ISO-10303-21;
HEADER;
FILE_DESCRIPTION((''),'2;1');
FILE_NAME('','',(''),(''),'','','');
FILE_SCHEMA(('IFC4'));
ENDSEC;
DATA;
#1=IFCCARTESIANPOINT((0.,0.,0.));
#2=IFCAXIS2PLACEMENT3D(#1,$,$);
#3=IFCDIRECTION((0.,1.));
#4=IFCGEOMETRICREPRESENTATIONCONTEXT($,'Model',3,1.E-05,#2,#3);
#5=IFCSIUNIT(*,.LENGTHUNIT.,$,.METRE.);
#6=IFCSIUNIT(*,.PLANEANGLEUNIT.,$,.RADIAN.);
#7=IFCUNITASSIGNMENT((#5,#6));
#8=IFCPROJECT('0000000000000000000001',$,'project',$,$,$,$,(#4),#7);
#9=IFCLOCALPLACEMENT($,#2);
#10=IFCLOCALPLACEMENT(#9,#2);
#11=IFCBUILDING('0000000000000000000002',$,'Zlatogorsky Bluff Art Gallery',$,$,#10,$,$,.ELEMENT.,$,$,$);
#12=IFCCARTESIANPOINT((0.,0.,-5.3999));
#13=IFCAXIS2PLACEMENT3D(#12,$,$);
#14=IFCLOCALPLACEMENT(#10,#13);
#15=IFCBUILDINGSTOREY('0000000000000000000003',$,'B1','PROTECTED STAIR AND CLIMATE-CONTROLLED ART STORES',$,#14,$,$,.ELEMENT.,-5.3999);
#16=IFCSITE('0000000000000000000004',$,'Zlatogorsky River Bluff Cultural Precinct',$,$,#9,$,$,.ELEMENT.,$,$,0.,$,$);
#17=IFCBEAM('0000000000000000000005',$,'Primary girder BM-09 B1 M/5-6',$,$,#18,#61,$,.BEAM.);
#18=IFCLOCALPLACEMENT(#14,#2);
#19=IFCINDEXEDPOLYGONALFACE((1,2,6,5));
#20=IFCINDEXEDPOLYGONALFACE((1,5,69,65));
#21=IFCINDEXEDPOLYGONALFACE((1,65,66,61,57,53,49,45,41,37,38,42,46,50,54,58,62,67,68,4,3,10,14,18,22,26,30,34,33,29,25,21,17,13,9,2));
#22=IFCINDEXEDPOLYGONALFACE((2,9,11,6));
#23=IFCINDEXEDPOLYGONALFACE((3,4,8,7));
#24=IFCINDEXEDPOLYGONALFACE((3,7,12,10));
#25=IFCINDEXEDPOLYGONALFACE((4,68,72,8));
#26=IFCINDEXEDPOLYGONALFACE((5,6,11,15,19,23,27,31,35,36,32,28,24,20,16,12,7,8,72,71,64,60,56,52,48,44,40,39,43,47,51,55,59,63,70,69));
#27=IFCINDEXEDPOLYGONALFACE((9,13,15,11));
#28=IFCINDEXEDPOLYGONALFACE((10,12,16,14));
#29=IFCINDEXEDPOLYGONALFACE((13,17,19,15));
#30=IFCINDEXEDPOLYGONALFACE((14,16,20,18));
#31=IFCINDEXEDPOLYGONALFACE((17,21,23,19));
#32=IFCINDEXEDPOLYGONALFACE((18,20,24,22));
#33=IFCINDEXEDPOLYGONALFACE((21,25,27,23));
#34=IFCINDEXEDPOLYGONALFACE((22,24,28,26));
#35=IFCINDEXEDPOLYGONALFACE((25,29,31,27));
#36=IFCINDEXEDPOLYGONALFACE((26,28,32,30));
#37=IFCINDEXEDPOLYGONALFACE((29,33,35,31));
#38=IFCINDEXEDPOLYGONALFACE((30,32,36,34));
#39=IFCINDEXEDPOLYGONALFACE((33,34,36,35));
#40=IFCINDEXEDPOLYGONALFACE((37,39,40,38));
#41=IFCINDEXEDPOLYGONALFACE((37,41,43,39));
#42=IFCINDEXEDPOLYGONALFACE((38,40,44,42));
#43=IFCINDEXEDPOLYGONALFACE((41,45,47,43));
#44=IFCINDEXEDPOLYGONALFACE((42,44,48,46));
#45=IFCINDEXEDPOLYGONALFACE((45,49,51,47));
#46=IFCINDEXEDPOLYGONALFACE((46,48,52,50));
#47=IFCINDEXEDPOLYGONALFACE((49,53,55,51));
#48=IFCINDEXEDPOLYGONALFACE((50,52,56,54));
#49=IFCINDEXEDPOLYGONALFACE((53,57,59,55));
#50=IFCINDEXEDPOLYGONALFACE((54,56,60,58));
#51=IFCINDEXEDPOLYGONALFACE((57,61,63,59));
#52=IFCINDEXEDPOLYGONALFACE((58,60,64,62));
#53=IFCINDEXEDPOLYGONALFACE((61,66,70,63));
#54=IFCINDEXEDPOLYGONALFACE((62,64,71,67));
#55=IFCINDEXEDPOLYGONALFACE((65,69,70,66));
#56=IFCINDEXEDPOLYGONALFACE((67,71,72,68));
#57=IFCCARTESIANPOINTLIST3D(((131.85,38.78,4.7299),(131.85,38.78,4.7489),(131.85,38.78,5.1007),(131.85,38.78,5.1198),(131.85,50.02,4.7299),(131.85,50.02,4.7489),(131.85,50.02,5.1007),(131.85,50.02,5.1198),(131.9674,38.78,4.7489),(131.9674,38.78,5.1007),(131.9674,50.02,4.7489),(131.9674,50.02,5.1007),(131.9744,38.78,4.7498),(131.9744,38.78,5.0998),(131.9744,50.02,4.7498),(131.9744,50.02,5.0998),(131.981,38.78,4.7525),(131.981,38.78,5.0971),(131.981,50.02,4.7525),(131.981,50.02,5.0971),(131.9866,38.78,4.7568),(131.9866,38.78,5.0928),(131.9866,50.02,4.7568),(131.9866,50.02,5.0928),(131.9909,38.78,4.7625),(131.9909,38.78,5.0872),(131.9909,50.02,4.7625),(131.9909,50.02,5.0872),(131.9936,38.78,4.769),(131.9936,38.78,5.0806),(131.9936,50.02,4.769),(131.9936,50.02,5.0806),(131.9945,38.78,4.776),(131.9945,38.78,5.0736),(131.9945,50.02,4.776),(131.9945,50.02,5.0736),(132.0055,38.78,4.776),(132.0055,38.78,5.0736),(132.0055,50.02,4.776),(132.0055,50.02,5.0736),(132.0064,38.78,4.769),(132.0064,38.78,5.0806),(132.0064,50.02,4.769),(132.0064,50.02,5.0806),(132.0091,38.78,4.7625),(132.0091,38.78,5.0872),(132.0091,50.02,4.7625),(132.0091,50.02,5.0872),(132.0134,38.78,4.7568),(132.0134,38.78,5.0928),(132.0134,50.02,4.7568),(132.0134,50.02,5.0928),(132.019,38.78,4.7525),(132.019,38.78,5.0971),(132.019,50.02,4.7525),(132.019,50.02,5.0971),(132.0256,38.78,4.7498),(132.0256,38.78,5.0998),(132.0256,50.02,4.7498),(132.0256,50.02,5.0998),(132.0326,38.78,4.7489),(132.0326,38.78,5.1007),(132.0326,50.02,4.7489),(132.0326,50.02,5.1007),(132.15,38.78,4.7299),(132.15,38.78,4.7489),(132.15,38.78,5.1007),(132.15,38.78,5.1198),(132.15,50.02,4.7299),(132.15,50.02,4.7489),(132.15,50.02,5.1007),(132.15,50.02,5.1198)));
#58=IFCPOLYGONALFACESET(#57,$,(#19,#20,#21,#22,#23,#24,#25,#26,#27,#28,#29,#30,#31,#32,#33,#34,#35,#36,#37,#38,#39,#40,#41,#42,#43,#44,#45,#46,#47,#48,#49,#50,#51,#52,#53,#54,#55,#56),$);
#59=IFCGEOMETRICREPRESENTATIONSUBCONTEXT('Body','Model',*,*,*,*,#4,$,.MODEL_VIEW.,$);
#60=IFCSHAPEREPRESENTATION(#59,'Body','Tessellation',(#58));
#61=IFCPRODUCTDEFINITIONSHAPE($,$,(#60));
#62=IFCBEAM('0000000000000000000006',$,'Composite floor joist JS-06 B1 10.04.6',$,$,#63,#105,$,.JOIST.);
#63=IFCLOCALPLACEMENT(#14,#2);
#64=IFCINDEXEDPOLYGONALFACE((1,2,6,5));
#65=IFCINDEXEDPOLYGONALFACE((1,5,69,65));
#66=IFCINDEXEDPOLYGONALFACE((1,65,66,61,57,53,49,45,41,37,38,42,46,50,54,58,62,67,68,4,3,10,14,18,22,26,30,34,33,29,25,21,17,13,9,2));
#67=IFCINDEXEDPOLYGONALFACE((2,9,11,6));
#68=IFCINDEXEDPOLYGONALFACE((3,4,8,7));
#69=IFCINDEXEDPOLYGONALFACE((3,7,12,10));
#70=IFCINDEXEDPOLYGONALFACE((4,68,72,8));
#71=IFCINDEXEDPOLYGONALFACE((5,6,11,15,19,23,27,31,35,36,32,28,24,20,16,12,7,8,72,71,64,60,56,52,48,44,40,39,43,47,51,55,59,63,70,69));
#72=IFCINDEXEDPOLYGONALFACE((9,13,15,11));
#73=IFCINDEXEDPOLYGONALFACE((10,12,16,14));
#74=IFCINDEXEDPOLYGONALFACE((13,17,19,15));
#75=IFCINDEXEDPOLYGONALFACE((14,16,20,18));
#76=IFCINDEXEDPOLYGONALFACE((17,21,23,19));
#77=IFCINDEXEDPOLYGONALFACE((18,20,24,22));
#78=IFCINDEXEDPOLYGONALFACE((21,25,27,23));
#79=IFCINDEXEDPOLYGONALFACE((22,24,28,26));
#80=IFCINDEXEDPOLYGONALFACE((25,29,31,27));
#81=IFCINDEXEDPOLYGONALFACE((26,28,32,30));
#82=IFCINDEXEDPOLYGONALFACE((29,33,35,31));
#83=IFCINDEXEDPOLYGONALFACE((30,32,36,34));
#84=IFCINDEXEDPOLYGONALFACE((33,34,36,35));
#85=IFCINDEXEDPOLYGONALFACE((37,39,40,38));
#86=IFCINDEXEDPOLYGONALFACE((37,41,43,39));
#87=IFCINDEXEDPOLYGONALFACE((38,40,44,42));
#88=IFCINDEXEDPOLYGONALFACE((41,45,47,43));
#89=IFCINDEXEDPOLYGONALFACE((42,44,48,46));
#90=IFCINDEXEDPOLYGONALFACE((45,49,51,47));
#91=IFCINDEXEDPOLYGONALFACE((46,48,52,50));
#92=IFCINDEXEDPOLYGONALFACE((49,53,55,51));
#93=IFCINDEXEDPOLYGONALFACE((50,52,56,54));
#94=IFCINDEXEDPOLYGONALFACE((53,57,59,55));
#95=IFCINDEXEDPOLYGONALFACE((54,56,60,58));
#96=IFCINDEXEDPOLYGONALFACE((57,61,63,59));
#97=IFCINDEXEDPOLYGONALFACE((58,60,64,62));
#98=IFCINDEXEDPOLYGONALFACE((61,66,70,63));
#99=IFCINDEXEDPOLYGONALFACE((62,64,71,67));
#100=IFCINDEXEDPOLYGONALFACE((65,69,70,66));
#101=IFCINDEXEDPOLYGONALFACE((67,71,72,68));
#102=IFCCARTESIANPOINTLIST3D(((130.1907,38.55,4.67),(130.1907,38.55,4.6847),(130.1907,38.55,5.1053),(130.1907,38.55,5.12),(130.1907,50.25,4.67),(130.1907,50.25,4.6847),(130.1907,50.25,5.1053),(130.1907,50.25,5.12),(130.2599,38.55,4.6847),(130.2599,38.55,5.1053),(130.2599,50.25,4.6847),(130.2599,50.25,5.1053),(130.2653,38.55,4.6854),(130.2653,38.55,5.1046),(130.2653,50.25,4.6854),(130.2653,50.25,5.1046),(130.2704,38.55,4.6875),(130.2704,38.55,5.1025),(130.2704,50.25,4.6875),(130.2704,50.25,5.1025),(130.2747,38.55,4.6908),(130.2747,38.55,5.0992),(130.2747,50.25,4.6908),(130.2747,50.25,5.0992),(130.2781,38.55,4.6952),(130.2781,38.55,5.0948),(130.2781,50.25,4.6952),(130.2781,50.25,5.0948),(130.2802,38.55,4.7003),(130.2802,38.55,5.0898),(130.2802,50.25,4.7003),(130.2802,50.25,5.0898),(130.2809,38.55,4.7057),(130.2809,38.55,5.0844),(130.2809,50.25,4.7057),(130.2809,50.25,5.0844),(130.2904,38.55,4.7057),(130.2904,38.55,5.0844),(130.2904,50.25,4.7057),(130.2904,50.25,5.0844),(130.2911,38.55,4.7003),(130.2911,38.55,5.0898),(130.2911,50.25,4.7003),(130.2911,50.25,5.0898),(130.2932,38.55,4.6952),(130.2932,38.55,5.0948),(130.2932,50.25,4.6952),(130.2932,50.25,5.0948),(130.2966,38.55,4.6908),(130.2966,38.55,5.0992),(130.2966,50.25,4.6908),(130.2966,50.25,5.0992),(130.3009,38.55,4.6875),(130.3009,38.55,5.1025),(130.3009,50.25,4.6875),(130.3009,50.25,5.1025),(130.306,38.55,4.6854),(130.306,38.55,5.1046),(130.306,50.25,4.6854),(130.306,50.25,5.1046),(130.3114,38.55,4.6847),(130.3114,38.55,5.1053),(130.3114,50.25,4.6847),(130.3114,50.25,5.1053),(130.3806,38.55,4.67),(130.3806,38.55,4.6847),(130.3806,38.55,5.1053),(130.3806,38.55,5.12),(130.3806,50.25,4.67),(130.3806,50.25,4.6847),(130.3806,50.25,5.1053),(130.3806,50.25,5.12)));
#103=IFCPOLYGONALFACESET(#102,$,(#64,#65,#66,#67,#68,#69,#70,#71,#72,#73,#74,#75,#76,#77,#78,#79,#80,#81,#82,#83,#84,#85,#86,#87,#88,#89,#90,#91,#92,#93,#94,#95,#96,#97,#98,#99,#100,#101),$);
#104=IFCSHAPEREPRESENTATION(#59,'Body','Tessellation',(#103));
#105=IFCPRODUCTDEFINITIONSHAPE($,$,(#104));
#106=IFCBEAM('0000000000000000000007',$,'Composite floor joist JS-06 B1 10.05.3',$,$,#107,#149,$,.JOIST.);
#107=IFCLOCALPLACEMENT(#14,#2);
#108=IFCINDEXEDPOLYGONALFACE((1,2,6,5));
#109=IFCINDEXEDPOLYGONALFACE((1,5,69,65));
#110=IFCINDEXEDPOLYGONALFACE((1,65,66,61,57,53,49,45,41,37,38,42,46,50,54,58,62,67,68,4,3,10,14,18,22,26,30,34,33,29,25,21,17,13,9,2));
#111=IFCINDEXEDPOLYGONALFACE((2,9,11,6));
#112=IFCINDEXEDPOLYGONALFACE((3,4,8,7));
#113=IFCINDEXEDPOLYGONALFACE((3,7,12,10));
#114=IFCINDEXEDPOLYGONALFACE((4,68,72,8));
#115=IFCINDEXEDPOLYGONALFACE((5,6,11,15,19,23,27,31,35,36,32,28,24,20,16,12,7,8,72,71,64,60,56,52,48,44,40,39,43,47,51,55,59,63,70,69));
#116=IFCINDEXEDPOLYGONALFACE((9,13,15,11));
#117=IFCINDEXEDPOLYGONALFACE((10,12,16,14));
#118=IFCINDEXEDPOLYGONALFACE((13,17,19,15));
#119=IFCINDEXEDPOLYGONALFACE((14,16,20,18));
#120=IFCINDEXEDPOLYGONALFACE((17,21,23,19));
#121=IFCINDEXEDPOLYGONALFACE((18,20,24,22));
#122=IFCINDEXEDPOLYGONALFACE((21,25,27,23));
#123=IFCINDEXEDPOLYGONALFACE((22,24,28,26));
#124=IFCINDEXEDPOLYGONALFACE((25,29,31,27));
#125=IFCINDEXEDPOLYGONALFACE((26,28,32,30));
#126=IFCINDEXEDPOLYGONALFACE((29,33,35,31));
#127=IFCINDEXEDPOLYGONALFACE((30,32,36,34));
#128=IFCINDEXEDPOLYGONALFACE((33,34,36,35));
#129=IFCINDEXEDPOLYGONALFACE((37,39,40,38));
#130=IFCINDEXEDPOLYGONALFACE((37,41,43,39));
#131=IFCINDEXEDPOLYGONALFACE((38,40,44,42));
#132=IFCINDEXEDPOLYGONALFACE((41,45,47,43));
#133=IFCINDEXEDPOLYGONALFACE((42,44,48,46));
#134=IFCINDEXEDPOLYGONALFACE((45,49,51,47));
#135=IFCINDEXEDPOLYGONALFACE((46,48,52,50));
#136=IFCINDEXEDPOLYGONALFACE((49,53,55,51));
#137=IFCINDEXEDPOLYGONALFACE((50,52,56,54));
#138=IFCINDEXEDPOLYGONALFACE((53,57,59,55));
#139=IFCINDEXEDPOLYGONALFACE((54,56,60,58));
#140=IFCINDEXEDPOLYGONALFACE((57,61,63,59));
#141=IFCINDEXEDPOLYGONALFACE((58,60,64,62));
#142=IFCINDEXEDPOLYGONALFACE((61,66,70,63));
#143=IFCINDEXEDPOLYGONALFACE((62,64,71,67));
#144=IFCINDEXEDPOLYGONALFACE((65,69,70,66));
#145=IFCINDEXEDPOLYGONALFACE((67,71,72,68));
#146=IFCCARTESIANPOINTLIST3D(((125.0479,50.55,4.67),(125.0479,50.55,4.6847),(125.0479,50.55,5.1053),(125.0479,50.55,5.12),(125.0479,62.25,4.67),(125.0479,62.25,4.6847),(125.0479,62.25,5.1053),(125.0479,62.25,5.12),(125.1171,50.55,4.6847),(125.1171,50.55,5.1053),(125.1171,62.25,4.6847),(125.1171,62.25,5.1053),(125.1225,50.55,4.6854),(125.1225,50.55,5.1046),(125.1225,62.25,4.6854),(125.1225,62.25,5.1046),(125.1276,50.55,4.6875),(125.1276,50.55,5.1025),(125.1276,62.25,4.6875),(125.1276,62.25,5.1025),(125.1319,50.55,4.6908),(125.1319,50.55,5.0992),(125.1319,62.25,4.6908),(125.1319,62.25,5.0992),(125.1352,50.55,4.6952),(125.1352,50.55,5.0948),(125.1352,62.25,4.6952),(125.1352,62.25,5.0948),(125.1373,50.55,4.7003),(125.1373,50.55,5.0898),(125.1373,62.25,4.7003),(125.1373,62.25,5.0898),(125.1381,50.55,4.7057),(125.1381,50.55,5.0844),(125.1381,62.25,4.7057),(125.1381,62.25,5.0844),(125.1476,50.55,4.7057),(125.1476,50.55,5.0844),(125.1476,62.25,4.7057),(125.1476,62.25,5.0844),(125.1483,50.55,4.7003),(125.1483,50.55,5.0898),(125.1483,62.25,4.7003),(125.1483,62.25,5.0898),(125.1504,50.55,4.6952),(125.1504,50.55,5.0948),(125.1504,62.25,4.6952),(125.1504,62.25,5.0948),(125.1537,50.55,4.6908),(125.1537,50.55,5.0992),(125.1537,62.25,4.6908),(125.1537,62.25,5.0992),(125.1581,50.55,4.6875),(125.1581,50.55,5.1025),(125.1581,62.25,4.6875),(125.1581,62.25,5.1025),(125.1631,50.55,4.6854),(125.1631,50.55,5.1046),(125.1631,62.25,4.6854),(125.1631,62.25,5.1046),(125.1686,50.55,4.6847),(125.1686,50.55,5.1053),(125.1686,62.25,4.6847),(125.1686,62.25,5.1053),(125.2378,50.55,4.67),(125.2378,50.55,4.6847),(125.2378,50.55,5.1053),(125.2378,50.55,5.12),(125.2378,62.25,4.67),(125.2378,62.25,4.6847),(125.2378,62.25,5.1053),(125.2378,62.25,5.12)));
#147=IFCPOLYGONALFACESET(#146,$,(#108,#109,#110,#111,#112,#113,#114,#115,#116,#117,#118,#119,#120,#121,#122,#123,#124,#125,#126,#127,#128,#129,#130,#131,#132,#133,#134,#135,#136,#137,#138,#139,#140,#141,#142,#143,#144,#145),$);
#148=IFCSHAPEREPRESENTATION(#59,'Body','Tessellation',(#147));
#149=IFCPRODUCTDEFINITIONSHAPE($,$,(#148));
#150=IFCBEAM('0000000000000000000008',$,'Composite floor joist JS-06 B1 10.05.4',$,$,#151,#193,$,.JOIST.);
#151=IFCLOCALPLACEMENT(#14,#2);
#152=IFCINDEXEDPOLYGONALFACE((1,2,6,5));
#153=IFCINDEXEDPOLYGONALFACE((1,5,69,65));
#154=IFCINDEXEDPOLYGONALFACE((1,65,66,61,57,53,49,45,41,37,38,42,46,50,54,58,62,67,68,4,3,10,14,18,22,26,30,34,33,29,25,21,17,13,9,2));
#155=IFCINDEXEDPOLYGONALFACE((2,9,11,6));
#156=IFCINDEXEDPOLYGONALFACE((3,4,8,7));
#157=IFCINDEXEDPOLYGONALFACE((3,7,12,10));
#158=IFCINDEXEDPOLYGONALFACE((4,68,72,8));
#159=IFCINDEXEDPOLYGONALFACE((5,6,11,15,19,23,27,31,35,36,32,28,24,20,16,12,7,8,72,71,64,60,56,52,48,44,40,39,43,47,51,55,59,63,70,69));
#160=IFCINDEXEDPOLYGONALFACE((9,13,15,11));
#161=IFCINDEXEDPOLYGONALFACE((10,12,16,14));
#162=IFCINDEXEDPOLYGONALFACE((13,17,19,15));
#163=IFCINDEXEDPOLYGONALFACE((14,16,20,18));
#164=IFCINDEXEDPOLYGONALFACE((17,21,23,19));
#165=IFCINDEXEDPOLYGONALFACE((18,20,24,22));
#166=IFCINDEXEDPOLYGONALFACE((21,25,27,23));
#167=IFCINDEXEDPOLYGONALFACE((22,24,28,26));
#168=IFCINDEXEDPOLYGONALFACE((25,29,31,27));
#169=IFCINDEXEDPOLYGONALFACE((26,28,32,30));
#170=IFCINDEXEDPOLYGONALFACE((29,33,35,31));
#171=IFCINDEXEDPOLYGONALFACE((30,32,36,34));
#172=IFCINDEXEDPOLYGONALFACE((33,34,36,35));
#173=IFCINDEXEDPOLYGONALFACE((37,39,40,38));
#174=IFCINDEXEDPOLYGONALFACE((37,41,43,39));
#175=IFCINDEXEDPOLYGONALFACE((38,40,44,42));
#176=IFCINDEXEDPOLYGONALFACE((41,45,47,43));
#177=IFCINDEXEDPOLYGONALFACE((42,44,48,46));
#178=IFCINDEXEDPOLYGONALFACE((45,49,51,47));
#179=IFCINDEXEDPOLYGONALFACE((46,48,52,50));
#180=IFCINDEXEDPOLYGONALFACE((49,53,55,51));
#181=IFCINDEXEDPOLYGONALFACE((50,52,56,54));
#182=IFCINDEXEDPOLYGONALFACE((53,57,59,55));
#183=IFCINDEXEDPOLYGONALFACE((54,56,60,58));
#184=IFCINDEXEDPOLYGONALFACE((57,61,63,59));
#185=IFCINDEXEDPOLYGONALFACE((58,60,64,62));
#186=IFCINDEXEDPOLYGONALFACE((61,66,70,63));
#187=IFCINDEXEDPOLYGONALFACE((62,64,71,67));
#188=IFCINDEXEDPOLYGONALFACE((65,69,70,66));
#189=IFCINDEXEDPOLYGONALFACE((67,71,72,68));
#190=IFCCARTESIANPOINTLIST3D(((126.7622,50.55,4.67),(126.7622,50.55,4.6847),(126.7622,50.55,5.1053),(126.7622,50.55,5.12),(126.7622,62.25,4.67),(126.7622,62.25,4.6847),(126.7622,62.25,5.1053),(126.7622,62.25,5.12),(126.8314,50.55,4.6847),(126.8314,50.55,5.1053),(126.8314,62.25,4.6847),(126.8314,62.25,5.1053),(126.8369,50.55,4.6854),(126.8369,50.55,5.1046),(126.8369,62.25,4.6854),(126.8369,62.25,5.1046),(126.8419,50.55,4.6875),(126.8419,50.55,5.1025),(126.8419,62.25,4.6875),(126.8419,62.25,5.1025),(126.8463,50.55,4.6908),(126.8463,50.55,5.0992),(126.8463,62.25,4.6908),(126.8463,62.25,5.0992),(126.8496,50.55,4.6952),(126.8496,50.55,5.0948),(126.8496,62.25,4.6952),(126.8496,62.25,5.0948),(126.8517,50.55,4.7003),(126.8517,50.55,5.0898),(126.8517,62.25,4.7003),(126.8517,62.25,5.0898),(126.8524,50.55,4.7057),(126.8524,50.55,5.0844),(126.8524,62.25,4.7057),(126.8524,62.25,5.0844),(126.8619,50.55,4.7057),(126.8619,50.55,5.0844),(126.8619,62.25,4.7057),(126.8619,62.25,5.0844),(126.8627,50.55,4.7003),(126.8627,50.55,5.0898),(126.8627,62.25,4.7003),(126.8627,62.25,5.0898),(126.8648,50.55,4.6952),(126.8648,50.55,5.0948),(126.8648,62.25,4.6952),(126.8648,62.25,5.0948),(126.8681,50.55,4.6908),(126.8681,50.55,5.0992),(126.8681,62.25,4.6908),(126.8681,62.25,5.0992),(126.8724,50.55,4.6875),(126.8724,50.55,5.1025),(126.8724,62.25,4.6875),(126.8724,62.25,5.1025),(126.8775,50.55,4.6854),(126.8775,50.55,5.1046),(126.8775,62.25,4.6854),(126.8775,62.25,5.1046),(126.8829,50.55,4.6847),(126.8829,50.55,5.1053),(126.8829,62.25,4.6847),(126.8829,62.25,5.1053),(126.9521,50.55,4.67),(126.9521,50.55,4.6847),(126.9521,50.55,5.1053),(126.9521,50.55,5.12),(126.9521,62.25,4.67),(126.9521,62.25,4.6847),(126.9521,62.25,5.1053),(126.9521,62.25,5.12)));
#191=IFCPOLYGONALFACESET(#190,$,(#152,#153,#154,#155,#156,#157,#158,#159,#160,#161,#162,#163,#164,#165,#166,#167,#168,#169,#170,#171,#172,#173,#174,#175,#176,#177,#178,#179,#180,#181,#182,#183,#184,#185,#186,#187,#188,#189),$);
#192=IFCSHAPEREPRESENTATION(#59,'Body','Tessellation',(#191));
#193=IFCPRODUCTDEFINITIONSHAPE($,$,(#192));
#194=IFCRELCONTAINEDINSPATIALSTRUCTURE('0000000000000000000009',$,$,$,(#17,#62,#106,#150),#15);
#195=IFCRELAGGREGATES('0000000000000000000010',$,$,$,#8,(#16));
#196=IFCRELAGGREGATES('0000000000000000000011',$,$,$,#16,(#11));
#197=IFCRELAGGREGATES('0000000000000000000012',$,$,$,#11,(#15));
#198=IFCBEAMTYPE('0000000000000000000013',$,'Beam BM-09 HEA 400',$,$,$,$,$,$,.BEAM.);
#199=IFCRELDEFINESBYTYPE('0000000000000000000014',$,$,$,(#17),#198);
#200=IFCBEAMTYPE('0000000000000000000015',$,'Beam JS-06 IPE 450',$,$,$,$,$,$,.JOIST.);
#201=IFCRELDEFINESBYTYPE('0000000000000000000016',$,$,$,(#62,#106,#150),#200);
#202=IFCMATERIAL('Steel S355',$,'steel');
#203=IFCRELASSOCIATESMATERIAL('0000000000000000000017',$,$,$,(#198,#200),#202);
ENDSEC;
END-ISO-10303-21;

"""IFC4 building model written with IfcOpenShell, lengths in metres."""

from ifc_helpers import new_model, si_unit, direction, frame, origin, origin_2d, place, context, subcontext, project, spatial, i_section, extrude, material, material_profile, profile_set, type_object, element, save


model = new_model("IFC4")

# Units and contexts
model_context = context("Model", 3, precision=1e-05, world=origin(), true_north=direction((0.0, 1.0)))
body_context = subcontext(model_context, "Body", "Model", "MODEL_VIEW")
ifc_project = project(units=[si_unit("LENGTHUNIT", "METRE"), si_unit("PLANEANGLEUNIT", "RADIAN")], contexts=[model_context])

# Site, building, storey
site_placement = place(None, origin())
site = spatial("IfcSite", under=ifc_project, at=site_placement, Name="Zlatogorsky River Bluff Cultural Precinct", CompositionType="ELEMENT", RefElevation=0.0)
building_placement = place(site_placement, origin())
building = spatial("IfcBuilding", under=site, at=building_placement, Name="Zlatogorsky Bluff Art Gallery", CompositionType="ELEMENT")
storey_placement = place(building_placement, frame((0.0, 0.0, -5.3999)))
storey = spatial("IfcBuildingStorey", under=building, at=storey_placement, Name="B1", Description="PROTECTED STAIR AND CLIMATE-CONTROLLED ART STORES", CompositionType="ELEMENT", Elevation=-5.3999)

# Beams
ifc_material_1 = material(Name="Steel S355", Category="steel")
ifc_material_profile_1 = material_profile(ifc_material_1, i_section(OverallWidth=0.3, OverallDepth=0.3899, WebThickness=0.011, FlangeThickness=0.019, FilletRadius=0.0271, at=origin_2d()), Name="HEA 400")
ifc_profile_set_1 = profile_set([ifc_material_profile_1], Name="Steel S355")
beam_type_1 = type_object("IfcBeamType", Name="Beam BM-09 HEA 400", PredefinedType="BEAM", material=ifc_profile_set_1)
for number, where, z_axis, x_axis, name in (
    (1, (132.0, 38.78, 4.9248), (0.0, 1.0, 0.0), (-1.0, 0.0, 0.0), "Primary girder BM-09 B1 M/5-6"),
):
    element("IfcBeam", number, at=place(storey_placement, frame(where, z_axis=z_axis, x_axis=x_axis)), inside=storey, type_object=beam_type_1, Name=name, PredefinedType="BEAM", context=body_context, shape_type="SweptSolid", body=[
        extrude(i_section(OverallWidth=0.3, OverallDepth=0.3899, WebThickness=0.011, FlangeThickness=0.019, FilletRadius=0.0271, at=origin_2d()), origin(), (0.0, 0.0, 1.0), 11.24),
    ])
ifc_material_profile_2 = material_profile(ifc_material_1, i_section(OverallWidth=0.1899, OverallDepth=0.45, WebThickness=0.0095, FlangeThickness=0.0146, FilletRadius=0.021, at=origin_2d()), Name="IPE 450")
ifc_profile_set_2 = profile_set([ifc_material_profile_2], Name="Steel S355")
beam_type_2 = type_object("IfcBeamType", Name="Beam JS-06 IPE 450", PredefinedType="JOIST", material=ifc_profile_set_2)
for number, where, z_axis, x_axis, name in (
    (2, (130.2856, 38.55, 4.895), (0.0, 1.0, 0.0), (-1.0, 0.0, 0.0), "Composite floor joist JS-06 B1 10.04.6"),
    (3, (125.1428, 50.55, 4.895), (0.0, 1.0, 0.0), (-1.0, 0.0, 0.0), "Composite floor joist JS-06 B1 10.05.3"),
    (4, (126.8572, 50.55, 4.895), (0.0, 1.0, 0.0), (-1.0, 0.0, 0.0), "Composite floor joist JS-06 B1 10.05.4"),
):
    element("IfcBeam", number, at=place(storey_placement, frame(where, z_axis=z_axis, x_axis=x_axis)), inside=storey, type_object=beam_type_2, Name=name, PredefinedType="JOIST", context=body_context, shape_type="SweptSolid", body=[
        extrude(i_section(OverallWidth=0.1899, OverallDepth=0.45, WebThickness=0.0095, FlangeThickness=0.0146, FilletRadius=0.021, at=origin_2d()), origin(), (0.0, 0.0, 1.0), 11.7),
    ])

save(model, "model.ifc")
